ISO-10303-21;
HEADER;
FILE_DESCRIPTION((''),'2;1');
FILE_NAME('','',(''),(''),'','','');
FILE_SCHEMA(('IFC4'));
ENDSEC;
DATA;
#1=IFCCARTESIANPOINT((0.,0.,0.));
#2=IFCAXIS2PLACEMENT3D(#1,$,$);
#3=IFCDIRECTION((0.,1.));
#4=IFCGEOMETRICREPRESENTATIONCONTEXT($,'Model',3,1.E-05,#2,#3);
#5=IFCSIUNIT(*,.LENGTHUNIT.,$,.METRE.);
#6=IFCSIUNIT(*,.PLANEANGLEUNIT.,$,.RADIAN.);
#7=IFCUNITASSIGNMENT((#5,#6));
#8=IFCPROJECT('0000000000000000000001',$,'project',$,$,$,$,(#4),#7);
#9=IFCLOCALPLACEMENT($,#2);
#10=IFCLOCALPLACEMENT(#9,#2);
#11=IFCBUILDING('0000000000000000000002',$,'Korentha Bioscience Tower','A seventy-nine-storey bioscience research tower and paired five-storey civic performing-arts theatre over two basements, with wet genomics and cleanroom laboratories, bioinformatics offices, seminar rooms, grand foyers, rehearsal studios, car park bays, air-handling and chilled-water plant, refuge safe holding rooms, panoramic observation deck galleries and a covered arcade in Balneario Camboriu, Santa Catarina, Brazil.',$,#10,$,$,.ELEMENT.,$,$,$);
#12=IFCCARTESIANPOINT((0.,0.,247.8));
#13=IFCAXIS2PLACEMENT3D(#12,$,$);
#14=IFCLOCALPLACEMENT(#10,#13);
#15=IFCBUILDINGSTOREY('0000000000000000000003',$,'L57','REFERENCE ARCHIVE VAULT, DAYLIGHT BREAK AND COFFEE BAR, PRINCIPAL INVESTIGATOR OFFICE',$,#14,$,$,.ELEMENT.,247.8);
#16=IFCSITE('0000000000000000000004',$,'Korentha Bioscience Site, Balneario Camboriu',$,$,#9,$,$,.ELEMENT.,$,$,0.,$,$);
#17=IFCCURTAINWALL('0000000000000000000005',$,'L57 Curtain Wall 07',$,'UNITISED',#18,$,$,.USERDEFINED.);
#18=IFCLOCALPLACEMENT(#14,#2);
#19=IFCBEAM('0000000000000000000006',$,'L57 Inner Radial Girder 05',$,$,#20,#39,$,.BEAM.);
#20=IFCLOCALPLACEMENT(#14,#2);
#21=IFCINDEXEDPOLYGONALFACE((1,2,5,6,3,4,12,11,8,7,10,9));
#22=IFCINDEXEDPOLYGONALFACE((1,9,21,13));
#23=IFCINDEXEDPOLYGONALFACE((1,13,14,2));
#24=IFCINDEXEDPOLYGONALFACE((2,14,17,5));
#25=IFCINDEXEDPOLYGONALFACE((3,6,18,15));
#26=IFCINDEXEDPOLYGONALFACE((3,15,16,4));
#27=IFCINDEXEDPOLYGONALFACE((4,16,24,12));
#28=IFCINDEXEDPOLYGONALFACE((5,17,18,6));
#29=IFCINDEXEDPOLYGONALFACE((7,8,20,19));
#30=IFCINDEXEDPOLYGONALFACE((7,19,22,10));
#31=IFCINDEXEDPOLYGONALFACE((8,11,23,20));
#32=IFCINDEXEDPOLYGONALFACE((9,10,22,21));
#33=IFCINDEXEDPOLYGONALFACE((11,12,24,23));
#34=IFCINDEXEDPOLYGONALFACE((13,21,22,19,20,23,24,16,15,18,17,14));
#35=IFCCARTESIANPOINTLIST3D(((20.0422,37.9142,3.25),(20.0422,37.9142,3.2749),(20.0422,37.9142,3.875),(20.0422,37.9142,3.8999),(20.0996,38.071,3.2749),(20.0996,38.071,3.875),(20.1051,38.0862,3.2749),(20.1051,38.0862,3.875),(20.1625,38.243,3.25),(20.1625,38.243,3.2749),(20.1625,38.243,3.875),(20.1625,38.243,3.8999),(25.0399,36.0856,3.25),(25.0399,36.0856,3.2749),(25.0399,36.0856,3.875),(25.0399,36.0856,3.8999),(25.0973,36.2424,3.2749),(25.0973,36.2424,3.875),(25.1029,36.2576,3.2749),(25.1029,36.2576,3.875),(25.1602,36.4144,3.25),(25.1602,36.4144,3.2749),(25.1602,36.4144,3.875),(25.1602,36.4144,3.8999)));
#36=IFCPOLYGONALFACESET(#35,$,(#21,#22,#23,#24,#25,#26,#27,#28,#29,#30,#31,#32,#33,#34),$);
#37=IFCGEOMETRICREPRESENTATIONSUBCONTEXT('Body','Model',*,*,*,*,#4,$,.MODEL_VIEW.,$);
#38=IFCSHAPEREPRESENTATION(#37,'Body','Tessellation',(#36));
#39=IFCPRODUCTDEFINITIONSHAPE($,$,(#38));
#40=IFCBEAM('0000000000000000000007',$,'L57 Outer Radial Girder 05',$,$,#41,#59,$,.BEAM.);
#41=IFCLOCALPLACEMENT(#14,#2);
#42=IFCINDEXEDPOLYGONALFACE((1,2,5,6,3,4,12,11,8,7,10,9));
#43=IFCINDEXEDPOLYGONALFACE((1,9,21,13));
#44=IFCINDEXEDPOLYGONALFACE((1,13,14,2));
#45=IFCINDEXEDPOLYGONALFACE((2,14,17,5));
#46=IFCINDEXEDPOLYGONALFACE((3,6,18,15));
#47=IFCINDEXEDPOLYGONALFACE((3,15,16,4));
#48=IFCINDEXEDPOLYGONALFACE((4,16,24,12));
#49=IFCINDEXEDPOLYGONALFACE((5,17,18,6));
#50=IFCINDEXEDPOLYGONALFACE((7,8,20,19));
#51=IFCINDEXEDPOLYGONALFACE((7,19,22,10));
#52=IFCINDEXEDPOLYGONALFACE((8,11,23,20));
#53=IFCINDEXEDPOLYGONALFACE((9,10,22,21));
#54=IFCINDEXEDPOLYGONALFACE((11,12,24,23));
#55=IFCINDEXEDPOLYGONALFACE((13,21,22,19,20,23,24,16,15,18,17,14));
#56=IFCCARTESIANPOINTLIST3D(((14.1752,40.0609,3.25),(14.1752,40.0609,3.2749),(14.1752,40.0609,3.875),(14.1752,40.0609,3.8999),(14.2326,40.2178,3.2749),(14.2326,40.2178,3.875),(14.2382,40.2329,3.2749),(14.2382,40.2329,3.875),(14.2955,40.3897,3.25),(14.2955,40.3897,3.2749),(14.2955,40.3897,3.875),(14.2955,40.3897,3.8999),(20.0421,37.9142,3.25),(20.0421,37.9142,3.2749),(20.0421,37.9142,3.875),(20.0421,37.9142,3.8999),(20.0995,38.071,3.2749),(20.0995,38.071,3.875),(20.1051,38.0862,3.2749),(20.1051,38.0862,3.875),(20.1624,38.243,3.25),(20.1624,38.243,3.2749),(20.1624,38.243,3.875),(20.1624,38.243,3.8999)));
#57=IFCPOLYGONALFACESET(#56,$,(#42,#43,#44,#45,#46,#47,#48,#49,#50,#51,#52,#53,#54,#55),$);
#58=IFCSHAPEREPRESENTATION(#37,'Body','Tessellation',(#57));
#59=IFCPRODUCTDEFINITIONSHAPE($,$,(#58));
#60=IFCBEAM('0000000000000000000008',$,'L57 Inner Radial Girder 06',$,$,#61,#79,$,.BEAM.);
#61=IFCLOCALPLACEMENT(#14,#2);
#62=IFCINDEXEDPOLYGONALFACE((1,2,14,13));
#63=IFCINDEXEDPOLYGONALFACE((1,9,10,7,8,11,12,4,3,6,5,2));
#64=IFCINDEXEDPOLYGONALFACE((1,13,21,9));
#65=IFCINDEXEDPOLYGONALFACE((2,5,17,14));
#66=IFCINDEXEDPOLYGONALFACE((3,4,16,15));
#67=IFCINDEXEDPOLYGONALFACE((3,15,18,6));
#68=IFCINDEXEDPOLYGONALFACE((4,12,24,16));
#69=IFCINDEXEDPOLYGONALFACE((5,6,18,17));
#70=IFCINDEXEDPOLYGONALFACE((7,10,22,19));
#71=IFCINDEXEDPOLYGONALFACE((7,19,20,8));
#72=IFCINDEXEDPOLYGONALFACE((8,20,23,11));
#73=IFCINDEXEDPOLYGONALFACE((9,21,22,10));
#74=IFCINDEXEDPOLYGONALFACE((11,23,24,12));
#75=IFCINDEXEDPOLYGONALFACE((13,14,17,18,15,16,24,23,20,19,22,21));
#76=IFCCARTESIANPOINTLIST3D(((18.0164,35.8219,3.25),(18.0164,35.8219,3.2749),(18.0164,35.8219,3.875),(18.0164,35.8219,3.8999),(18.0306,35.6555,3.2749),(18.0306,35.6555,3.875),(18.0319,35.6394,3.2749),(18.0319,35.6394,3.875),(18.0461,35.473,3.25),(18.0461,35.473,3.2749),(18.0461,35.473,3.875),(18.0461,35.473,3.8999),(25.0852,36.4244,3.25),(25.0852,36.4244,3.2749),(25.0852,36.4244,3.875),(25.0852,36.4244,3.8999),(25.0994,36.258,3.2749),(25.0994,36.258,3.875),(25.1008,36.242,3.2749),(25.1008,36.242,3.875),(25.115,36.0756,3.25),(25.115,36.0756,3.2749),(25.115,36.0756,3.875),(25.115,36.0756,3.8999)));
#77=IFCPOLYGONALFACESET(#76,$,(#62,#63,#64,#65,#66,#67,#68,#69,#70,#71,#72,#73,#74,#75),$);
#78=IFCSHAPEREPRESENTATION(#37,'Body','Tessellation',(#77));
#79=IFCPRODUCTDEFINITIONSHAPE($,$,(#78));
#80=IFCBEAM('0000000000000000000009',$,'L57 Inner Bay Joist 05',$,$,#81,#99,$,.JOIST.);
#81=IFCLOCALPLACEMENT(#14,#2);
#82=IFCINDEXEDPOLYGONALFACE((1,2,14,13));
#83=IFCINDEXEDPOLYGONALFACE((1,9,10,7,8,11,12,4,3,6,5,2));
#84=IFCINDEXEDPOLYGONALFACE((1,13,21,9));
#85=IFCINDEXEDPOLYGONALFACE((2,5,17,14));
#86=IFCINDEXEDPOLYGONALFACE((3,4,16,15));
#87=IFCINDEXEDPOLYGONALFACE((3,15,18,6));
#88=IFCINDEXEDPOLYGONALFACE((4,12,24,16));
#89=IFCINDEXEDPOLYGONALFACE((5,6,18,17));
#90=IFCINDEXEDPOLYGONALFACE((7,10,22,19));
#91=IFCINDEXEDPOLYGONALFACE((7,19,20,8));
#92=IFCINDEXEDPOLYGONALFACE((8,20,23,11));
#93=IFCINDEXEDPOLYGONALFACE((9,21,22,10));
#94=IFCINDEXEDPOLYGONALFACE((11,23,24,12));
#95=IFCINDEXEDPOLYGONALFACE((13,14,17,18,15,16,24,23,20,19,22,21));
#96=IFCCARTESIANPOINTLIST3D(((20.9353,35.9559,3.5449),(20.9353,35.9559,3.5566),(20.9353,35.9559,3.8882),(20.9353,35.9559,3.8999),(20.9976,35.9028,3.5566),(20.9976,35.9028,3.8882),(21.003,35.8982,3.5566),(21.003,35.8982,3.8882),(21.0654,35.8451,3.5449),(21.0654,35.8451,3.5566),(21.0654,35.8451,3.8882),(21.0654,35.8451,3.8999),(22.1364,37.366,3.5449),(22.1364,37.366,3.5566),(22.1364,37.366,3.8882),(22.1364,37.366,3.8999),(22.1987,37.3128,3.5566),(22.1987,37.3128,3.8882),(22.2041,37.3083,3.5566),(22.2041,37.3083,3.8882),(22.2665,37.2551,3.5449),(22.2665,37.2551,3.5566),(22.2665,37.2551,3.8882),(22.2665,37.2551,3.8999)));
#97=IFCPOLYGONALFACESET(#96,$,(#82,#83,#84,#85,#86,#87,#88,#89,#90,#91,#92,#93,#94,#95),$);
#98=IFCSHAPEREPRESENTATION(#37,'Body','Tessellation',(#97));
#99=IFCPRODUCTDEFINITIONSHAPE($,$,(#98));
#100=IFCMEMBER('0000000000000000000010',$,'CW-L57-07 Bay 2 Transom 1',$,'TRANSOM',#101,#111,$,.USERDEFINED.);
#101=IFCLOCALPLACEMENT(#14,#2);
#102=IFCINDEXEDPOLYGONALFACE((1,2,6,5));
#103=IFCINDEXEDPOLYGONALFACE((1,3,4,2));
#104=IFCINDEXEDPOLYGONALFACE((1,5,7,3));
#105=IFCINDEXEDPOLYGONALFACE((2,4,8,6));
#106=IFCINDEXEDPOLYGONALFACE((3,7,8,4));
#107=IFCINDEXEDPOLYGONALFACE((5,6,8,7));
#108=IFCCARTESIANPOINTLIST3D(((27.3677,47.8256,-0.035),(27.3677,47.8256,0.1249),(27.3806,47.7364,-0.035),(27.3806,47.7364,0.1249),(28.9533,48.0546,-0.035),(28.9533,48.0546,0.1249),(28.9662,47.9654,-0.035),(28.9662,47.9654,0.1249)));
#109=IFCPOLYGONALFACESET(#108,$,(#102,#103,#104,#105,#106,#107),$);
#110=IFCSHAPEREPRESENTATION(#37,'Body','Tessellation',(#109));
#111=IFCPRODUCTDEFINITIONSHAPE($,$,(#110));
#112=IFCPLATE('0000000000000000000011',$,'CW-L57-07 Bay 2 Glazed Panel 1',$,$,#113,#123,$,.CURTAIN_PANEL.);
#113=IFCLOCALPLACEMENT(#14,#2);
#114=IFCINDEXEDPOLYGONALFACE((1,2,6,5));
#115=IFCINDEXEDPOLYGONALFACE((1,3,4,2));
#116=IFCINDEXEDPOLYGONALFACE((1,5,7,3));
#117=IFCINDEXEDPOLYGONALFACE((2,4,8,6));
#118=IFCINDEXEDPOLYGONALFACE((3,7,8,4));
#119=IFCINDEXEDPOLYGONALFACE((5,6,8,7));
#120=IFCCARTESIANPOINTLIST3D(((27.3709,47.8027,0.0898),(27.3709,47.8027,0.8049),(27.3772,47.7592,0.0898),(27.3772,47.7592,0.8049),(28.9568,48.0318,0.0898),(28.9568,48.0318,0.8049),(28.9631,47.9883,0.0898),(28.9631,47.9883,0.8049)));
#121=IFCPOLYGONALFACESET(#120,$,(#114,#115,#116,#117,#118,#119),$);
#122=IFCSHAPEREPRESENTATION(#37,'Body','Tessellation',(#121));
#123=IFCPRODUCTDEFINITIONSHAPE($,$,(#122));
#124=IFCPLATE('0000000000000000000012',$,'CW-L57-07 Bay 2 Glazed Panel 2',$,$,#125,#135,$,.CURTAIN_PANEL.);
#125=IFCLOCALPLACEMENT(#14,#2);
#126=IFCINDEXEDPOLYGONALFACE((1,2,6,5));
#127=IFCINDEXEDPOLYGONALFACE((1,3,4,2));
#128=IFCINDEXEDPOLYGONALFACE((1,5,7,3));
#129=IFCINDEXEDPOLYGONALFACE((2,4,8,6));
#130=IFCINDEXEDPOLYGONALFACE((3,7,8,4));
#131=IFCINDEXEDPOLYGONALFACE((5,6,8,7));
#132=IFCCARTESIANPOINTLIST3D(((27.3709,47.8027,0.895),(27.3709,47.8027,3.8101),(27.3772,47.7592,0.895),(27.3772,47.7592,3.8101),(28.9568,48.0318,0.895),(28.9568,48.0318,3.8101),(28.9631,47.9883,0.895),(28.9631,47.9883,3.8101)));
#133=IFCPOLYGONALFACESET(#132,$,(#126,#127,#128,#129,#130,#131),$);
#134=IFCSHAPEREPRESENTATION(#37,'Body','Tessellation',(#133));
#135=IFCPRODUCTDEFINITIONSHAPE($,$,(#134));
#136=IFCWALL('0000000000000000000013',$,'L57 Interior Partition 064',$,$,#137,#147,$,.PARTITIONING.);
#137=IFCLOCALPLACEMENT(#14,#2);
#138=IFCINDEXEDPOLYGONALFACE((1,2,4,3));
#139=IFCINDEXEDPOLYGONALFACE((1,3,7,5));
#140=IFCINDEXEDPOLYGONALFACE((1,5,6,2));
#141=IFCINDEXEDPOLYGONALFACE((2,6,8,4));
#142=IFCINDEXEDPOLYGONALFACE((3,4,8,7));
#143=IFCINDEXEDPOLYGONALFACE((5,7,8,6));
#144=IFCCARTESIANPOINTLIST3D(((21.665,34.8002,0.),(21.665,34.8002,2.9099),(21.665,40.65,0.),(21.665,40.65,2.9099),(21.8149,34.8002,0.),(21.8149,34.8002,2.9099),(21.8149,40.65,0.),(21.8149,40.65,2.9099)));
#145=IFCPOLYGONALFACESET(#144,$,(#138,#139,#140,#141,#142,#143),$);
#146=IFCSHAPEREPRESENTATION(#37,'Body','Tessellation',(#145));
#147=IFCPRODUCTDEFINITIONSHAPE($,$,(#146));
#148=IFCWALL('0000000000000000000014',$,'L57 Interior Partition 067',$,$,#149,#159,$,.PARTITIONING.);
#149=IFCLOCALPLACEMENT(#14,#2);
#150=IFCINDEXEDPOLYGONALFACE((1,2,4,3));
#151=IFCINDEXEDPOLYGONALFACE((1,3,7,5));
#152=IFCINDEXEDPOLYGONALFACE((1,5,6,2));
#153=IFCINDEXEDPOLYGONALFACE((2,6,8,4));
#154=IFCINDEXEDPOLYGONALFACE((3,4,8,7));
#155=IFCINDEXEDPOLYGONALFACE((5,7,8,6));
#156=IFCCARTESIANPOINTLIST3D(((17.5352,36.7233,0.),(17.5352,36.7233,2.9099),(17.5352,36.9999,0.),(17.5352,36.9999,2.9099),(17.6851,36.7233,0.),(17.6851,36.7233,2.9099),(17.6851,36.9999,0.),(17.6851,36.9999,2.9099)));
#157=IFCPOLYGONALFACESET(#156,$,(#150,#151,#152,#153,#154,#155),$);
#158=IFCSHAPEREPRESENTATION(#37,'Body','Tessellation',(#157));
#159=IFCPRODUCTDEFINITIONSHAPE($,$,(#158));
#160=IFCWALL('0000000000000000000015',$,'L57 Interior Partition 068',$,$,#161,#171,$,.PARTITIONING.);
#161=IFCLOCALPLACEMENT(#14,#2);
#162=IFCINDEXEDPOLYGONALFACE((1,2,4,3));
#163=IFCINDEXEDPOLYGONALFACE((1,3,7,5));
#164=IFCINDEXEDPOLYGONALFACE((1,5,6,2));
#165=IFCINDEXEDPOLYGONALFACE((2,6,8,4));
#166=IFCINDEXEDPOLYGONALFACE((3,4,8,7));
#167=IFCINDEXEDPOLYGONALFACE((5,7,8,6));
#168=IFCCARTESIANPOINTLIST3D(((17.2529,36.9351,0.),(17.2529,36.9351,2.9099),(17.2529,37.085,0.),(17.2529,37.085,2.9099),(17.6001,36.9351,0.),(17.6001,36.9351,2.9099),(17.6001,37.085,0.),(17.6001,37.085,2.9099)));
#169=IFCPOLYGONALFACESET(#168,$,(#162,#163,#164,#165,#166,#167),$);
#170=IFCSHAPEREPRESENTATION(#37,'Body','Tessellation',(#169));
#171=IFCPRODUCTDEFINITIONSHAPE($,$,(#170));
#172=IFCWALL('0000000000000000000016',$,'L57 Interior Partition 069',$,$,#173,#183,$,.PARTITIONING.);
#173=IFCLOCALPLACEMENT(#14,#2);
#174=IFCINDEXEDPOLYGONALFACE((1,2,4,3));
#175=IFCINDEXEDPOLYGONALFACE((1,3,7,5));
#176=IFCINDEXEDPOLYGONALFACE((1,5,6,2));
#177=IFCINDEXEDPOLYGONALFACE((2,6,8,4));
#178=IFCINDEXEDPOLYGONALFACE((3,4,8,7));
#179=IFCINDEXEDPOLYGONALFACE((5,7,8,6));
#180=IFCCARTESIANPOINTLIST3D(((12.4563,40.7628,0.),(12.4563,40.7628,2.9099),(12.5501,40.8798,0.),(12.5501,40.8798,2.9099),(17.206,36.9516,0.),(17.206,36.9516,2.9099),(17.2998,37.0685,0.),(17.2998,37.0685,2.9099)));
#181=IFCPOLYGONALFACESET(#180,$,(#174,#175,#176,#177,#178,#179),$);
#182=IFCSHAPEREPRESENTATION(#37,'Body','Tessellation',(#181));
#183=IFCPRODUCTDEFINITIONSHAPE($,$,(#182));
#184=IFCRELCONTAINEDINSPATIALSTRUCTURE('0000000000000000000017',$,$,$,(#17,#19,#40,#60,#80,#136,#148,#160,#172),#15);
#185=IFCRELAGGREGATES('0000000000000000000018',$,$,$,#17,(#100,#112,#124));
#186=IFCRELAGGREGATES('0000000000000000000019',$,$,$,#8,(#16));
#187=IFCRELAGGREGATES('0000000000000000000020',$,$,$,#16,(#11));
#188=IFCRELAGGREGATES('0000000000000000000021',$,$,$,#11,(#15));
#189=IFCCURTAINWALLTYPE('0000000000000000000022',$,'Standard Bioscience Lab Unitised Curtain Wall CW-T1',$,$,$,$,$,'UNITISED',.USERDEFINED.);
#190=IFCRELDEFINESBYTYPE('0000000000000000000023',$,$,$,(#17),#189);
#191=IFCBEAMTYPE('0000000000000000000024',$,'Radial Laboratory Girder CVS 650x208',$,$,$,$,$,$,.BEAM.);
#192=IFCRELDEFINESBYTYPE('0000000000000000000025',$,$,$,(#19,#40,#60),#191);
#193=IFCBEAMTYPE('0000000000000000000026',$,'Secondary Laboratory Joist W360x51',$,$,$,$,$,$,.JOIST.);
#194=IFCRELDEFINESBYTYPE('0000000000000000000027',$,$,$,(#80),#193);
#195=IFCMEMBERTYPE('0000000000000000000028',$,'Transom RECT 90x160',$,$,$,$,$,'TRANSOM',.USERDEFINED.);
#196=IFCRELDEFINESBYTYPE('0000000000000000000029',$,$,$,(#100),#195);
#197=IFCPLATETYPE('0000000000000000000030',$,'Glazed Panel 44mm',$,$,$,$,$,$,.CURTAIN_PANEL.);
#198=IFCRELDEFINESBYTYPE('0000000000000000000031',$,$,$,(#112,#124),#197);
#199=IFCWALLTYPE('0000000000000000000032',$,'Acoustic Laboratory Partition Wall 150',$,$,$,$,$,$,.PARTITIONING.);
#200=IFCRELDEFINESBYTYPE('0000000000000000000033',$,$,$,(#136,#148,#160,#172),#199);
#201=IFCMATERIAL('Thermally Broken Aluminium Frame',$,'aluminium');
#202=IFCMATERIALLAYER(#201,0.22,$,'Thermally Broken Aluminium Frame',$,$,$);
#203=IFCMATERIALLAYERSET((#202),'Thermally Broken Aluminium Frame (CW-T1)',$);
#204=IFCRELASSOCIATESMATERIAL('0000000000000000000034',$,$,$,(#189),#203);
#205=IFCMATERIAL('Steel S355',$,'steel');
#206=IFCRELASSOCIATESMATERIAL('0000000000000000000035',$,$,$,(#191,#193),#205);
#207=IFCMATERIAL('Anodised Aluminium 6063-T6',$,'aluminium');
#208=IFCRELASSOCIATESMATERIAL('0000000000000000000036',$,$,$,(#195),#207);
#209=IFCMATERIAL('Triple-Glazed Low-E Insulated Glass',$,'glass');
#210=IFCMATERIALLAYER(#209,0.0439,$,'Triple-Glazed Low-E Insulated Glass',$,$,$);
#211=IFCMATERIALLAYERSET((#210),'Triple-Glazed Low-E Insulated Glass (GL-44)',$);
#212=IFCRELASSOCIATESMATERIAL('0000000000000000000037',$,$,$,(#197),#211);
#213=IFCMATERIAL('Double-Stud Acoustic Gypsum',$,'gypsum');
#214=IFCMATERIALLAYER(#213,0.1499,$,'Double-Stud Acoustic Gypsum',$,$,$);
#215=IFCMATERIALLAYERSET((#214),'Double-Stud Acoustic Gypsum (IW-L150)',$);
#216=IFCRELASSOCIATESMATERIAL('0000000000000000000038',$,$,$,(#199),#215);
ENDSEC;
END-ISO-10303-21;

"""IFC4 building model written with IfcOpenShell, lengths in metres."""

from ifc_helpers import new_model, si_unit, direction, frame, frame_2d, origin, origin_2d, place, context, subcontext, project, spatial, rectangle, i_section, extrude, material, layer, layer_set, material_profile, profile_set, type_object, element, aggregate, save


model = new_model("IFC4")

# Units and contexts
model_context = context("Model", 3, precision=1e-05, world=origin(), true_north=direction((0.0, 1.0)))
body_context = subcontext(model_context, "Body", "Model", "MODEL_VIEW")
ifc_project = project(units=[si_unit("LENGTHUNIT", "METRE"), si_unit("PLANEANGLEUNIT", "RADIAN")], contexts=[model_context])

# Site, building, storey
site_placement = place(None, origin())
site = spatial("IfcSite", under=ifc_project, at=site_placement, Name="Korentha Bioscience Site, Balneario Camboriu", CompositionType="ELEMENT", RefElevation=0.0)
building_placement = place(site_placement, origin())
building = spatial("IfcBuilding", under=site, at=building_placement, Name="Korentha Bioscience Tower", Description="A seventy-nine-storey bioscience research tower and paired five-storey civic performing-arts theatre over two basements, with wet genomics and cleanroom laboratories, bioinformatics offices, seminar rooms, grand foyers, rehearsal studios, car park bays, air-handling and chilled-water plant, refuge safe holding rooms, panoramic observation deck galleries and a covered arcade in Balneario Camboriu, Santa Catarina, Brazil.", CompositionType="ELEMENT")
storey_placement = place(building_placement, frame((0.0, 0.0, 247.8)))
storey = spatial("IfcBuildingStorey", under=building, at=storey_placement, Name="L57", Description="REFERENCE ARCHIVE VAULT, DAYLIGHT BREAK AND COFFEE BAR, PRINCIPAL INVESTIGATOR OFFICE", CompositionType="ELEMENT", Elevation=247.8)

# Shared definitions
ifc_material_1 = material(Name="Steel S355", Category="steel")

# Curtain wall
ifc_material_2 = material(Name="Thermally Broken Aluminium Frame", Category="aluminium")
ifc_layer_1 = layer(ifc_material_2, 0.22, Name="Thermally Broken Aluminium Frame")
ifc_layer_set_1 = layer_set([ifc_layer_1], Name="Thermally Broken Aluminium Frame (CW-T1)")
curtain_wall_type = type_object("IfcCurtainWallType", Name="Standard Bioscience Lab Unitised Curtain Wall CW-T1", ElementType="UNITISED", PredefinedType="USERDEFINED", material=ifc_layer_set_1)
curtain_wall_placement = place(storey_placement, origin())
curtain_wall = element("IfcCurtainWall", 1, at=curtain_wall_placement, inside=storey, type_object=curtain_wall_type, Name="L57 Curtain Wall 07", ObjectType="UNITISED", PredefinedType="USERDEFINED")
ifc_material_3 = material(Name="Anodised Aluminium 6063-T6", Category="aluminium")

# Beams
ifc_material_profile_1 = material_profile(ifc_material_1, i_section(OverallWidth=0.3501, OverallDepth=0.6499, WebThickness=0.0161, FlangeThickness=0.0249, at=origin_2d()), Name="Steel S355")
ifc_profile_set_1 = profile_set([ifc_material_profile_1], Name="Steel S355 (RB-650)")
beam_type_1 = type_object("IfcBeamType", Name="Radial Laboratory Girder CVS 650x208", PredefinedType="BEAM", material=ifc_profile_set_1)
beam_1_placement = place(storey_placement, frame((25.1001, 36.25, 3.575), z_axis=(-0.939114, 0.343606, 0.0), x_axis=(-0.343606, -0.939114, 0.0)))
element("IfcBeam", 2, at=beam_1_placement, inside=storey, type_object=beam_type_1, Name="L57 Inner Radial Girder 05", PredefinedType="BEAM", context=body_context, shape_type="SweptSolid", body=[
    extrude(i_section(OverallWidth=0.3501, OverallDepth=0.6499, WebThickness=0.0161, FlangeThickness=0.0249, at=origin_2d()), origin(), (0.0, 0.0, 1.0), 5.3218),
])
beam_2_placement = place(storey_placement, frame((20.1023, 38.0786, 3.575), z_axis=(-0.939108, 0.343622, 0.0), x_axis=(-0.343622, -0.939108, 0.0)))
element("IfcBeam", 3, at=beam_2_placement, inside=storey, type_object=beam_type_1, Name="L57 Outer Radial Girder 05", PredefinedType="BEAM", context=body_context, shape_type="SweptSolid", body=[
    extrude(i_section(OverallWidth=0.3501, OverallDepth=0.6499, WebThickness=0.0161, FlangeThickness=0.0249, at=origin_2d()), origin(), (0.0, 0.0, 1.0), 6.2473),
])
beam_3_placement = place(storey_placement, frame((25.1001, 36.25, 3.575), z_axis=(-0.996387, -0.084931, 0.0), x_axis=(0.084931, -0.996387, 0.0)))
element("IfcBeam", 4, at=beam_3_placement, inside=storey, type_object=beam_type_1, Name="L57 Inner Radial Girder 06", PredefinedType="BEAM", context=body_context, shape_type="SweptSolid", body=[
    extrude(i_section(OverallWidth=0.3501, OverallDepth=0.6499, WebThickness=0.0161, FlangeThickness=0.0249, at=origin_2d()), origin(), (0.0, 0.0, 1.0), 7.0945),
])
ifc_material_profile_2 = material_profile(ifc_material_1, i_section(OverallWidth=0.1709, OverallDepth=0.355, WebThickness=0.0071, FlangeThickness=0.0117, at=origin_2d()), Name="Steel S355")
ifc_profile_set_2 = profile_set([ifc_material_profile_2], Name="Steel S355 (JB-360)")
beam_type_2 = type_object("IfcBeamType", Name="Secondary Laboratory Joist W360x51", PredefinedType="JOIST", material=ifc_profile_set_2)
beam_4_placement = place(storey_placement, frame((22.2014, 37.3105, 3.7224), z_axis=(-0.648444, -0.761263, 0.0), x_axis=(0.761263, -0.648444, 0.0)))
element("IfcBeam", 5, at=beam_4_placement, inside=storey, type_object=beam_type_2, Name="L57 Inner Bay Joist 05", PredefinedType="JOIST", context=body_context, shape_type="SweptSolid", body=[
    extrude(i_section(OverallWidth=0.1709, OverallDepth=0.355, WebThickness=0.0071, FlangeThickness=0.0117, at=origin_2d()), origin(), (0.0, 0.0, 1.0), 1.8523),
])

# Member
ifc_material_profile_3 = material_profile(ifc_material_3, rectangle(XDim=0.0901, YDim=0.1599, at=origin_2d()), Name="Anodised Aluminium 6063-T6")
ifc_profile_set_3 = profile_set([ifc_material_profile_3], Name="Anodised Aluminium 6063-T6 (CW-TRN)")
member_type_1 = type_object("IfcMemberType", Name="Transom RECT 90x160", ElementType="TRANSOM", PredefinedType="USERDEFINED", material=ifc_profile_set_3)
member_1_placement = place(storey_placement, frame((28.9597, 48.01, 0.0449), z_axis=(-0.989732, -0.142936, 0.0), x_axis=(0.142936, -0.989732, 0.0)))
member_1 = element("IfcMember", 6, at=member_1_placement, type_object=member_type_1, Name="CW-L57-07 Bay 2 Transom 1", ObjectType="TRANSOM", PredefinedType="USERDEFINED", context=body_context, shape_type="SweptSolid", body=[
    extrude(rectangle(XDim=0.0901, YDim=0.1599, at=origin_2d()), origin(), (0.0, 0.0, 1.0), 1.6021),
])

# Plates
ifc_material_4 = material(Name="Triple-Glazed Low-E Insulated Glass", Category="glass")
ifc_layer_2 = layer(ifc_material_4, 0.0439, Name="Triple-Glazed Low-E Insulated Glass")
ifc_layer_set_2 = layer_set([ifc_layer_2], Name="Triple-Glazed Low-E Insulated Glass (GL-44)")
plate_type = type_object("IfcPlateType", Name="Glazed Panel 44mm", PredefinedType="CURTAIN_PANEL", material=ifc_layer_set_2)
plate_1_placement = place(storey_placement, frame((28.167, 47.8955, 0.0898), z_axis=(0.0, 0.0, 1.0), x_axis=(-0.989729, -0.142956, 0.0)))
plate_1 = element("IfcPlate", 7, at=plate_1_placement, type_object=plate_type, Name="CW-L57-07 Bay 2 Glazed Panel 1", PredefinedType="CURTAIN_PANEL", context=body_context, shape_type="SweptSolid", body=[
    extrude(rectangle(XDim=1.6023, YDim=0.0439, at=origin_2d()), origin(), (0.0, 0.0, 1.0), 0.7151),
])
plate_2_placement = place(storey_placement, frame((28.167, 47.8955, 0.895), z_axis=(0.0, 0.0, 1.0), x_axis=(-0.989729, -0.142956, 0.0)))
plate_2 = element("IfcPlate", 8, at=plate_2_placement, type_object=plate_type, Name="CW-L57-07 Bay 2 Glazed Panel 2", PredefinedType="CURTAIN_PANEL", context=body_context, shape_type="SweptSolid", body=[
    extrude(rectangle(XDim=1.6023, YDim=0.0439, at=origin_2d()), origin(), (0.0, 0.0, 1.0), 2.915),
])
aggregate(curtain_wall, [member_1, plate_1, plate_2])

# Shared definitions
ifc_material_5 = material(Name="Double-Stud Acoustic Gypsum", Category="gypsum")
ifc_layer_3 = layer(ifc_material_5, 0.1499, Name="Double-Stud Acoustic Gypsum")
ifc_layer_set_3 = layer_set([ifc_layer_3], Name="Double-Stud Acoustic Gypsum (IW-L150)")
wall_type_1 = type_object("IfcWallType", Name="Acoustic Laboratory Partition Wall 150", PredefinedType="PARTITIONING", material=ifc_layer_set_3)

# Walls
wall_1_placement = place(storey_placement, frame((21.74, 40.6499, 0.0), z_axis=(0.0, 0.0, 1.0), x_axis=(0.0, -1.0, 0.0)))
element("IfcWall", 9, at=wall_1_placement, inside=storey, type_object=wall_type_1, Name="L57 Interior Partition 064", PredefinedType="PARTITIONING", context=body_context, shape_type="SweptSolid", body=[
    extrude(rectangle(XDim=5.8499, YDim=0.1499, at=frame_2d((2.9248, 0.0))), origin(), (0.0, 0.0, 1.0), 2.9099),
])
wall_2_placement = place(storey_placement, frame((17.6101, 36.7234, 0.0), z_axis=(0.0, 0.0, 1.0), x_axis=(0.0, 1.0, 0.0)))
element("IfcWall", 10, at=wall_2_placement, inside=storey, type_object=wall_type_1, Name="L57 Interior Partition 067", PredefinedType="PARTITIONING", context=body_context, shape_type="SweptSolid", body=[
    extrude(rectangle(XDim=0.2766, YDim=0.1499, at=frame_2d((0.1382, 0.0))), origin(), (0.0, 0.0, 1.0), 2.9099),
])
wall_3_placement = place(storey_placement, frame((17.6001, 37.01, 0.0), z_axis=(0.0, 0.0, 1.0), x_axis=(-1.0, 0.0, 0.0)))
element("IfcWall", 11, at=wall_3_placement, inside=storey, type_object=wall_type_1, Name="L57 Interior Partition 068", PredefinedType="PARTITIONING", context=body_context, shape_type="SweptSolid", body=[
    extrude(rectangle(XDim=0.3472, YDim=0.1499, at=frame_2d((0.1736, 0.0))), origin(), (0.0, 0.0, 1.0), 2.9099),
])
wall_4_placement = place(storey_placement, frame((17.2529, 37.01, 0.0), z_axis=(0.0, 0.0, 1.0), x_axis=(-0.779949, 0.625843, 0.0)))
element("IfcWall", 12, at=wall_4_placement, inside=storey, type_object=wall_type_1, Name="L57 Interior Partition 069", PredefinedType="PARTITIONING", context=body_context, shape_type="SweptSolid", body=[
    extrude(rectangle(XDim=6.0898, YDim=0.1499, at=frame_2d((3.0449, 0.0))), origin(), (0.0, 0.0, 1.0), 2.9099),
])

save(model, "model.ifc")
